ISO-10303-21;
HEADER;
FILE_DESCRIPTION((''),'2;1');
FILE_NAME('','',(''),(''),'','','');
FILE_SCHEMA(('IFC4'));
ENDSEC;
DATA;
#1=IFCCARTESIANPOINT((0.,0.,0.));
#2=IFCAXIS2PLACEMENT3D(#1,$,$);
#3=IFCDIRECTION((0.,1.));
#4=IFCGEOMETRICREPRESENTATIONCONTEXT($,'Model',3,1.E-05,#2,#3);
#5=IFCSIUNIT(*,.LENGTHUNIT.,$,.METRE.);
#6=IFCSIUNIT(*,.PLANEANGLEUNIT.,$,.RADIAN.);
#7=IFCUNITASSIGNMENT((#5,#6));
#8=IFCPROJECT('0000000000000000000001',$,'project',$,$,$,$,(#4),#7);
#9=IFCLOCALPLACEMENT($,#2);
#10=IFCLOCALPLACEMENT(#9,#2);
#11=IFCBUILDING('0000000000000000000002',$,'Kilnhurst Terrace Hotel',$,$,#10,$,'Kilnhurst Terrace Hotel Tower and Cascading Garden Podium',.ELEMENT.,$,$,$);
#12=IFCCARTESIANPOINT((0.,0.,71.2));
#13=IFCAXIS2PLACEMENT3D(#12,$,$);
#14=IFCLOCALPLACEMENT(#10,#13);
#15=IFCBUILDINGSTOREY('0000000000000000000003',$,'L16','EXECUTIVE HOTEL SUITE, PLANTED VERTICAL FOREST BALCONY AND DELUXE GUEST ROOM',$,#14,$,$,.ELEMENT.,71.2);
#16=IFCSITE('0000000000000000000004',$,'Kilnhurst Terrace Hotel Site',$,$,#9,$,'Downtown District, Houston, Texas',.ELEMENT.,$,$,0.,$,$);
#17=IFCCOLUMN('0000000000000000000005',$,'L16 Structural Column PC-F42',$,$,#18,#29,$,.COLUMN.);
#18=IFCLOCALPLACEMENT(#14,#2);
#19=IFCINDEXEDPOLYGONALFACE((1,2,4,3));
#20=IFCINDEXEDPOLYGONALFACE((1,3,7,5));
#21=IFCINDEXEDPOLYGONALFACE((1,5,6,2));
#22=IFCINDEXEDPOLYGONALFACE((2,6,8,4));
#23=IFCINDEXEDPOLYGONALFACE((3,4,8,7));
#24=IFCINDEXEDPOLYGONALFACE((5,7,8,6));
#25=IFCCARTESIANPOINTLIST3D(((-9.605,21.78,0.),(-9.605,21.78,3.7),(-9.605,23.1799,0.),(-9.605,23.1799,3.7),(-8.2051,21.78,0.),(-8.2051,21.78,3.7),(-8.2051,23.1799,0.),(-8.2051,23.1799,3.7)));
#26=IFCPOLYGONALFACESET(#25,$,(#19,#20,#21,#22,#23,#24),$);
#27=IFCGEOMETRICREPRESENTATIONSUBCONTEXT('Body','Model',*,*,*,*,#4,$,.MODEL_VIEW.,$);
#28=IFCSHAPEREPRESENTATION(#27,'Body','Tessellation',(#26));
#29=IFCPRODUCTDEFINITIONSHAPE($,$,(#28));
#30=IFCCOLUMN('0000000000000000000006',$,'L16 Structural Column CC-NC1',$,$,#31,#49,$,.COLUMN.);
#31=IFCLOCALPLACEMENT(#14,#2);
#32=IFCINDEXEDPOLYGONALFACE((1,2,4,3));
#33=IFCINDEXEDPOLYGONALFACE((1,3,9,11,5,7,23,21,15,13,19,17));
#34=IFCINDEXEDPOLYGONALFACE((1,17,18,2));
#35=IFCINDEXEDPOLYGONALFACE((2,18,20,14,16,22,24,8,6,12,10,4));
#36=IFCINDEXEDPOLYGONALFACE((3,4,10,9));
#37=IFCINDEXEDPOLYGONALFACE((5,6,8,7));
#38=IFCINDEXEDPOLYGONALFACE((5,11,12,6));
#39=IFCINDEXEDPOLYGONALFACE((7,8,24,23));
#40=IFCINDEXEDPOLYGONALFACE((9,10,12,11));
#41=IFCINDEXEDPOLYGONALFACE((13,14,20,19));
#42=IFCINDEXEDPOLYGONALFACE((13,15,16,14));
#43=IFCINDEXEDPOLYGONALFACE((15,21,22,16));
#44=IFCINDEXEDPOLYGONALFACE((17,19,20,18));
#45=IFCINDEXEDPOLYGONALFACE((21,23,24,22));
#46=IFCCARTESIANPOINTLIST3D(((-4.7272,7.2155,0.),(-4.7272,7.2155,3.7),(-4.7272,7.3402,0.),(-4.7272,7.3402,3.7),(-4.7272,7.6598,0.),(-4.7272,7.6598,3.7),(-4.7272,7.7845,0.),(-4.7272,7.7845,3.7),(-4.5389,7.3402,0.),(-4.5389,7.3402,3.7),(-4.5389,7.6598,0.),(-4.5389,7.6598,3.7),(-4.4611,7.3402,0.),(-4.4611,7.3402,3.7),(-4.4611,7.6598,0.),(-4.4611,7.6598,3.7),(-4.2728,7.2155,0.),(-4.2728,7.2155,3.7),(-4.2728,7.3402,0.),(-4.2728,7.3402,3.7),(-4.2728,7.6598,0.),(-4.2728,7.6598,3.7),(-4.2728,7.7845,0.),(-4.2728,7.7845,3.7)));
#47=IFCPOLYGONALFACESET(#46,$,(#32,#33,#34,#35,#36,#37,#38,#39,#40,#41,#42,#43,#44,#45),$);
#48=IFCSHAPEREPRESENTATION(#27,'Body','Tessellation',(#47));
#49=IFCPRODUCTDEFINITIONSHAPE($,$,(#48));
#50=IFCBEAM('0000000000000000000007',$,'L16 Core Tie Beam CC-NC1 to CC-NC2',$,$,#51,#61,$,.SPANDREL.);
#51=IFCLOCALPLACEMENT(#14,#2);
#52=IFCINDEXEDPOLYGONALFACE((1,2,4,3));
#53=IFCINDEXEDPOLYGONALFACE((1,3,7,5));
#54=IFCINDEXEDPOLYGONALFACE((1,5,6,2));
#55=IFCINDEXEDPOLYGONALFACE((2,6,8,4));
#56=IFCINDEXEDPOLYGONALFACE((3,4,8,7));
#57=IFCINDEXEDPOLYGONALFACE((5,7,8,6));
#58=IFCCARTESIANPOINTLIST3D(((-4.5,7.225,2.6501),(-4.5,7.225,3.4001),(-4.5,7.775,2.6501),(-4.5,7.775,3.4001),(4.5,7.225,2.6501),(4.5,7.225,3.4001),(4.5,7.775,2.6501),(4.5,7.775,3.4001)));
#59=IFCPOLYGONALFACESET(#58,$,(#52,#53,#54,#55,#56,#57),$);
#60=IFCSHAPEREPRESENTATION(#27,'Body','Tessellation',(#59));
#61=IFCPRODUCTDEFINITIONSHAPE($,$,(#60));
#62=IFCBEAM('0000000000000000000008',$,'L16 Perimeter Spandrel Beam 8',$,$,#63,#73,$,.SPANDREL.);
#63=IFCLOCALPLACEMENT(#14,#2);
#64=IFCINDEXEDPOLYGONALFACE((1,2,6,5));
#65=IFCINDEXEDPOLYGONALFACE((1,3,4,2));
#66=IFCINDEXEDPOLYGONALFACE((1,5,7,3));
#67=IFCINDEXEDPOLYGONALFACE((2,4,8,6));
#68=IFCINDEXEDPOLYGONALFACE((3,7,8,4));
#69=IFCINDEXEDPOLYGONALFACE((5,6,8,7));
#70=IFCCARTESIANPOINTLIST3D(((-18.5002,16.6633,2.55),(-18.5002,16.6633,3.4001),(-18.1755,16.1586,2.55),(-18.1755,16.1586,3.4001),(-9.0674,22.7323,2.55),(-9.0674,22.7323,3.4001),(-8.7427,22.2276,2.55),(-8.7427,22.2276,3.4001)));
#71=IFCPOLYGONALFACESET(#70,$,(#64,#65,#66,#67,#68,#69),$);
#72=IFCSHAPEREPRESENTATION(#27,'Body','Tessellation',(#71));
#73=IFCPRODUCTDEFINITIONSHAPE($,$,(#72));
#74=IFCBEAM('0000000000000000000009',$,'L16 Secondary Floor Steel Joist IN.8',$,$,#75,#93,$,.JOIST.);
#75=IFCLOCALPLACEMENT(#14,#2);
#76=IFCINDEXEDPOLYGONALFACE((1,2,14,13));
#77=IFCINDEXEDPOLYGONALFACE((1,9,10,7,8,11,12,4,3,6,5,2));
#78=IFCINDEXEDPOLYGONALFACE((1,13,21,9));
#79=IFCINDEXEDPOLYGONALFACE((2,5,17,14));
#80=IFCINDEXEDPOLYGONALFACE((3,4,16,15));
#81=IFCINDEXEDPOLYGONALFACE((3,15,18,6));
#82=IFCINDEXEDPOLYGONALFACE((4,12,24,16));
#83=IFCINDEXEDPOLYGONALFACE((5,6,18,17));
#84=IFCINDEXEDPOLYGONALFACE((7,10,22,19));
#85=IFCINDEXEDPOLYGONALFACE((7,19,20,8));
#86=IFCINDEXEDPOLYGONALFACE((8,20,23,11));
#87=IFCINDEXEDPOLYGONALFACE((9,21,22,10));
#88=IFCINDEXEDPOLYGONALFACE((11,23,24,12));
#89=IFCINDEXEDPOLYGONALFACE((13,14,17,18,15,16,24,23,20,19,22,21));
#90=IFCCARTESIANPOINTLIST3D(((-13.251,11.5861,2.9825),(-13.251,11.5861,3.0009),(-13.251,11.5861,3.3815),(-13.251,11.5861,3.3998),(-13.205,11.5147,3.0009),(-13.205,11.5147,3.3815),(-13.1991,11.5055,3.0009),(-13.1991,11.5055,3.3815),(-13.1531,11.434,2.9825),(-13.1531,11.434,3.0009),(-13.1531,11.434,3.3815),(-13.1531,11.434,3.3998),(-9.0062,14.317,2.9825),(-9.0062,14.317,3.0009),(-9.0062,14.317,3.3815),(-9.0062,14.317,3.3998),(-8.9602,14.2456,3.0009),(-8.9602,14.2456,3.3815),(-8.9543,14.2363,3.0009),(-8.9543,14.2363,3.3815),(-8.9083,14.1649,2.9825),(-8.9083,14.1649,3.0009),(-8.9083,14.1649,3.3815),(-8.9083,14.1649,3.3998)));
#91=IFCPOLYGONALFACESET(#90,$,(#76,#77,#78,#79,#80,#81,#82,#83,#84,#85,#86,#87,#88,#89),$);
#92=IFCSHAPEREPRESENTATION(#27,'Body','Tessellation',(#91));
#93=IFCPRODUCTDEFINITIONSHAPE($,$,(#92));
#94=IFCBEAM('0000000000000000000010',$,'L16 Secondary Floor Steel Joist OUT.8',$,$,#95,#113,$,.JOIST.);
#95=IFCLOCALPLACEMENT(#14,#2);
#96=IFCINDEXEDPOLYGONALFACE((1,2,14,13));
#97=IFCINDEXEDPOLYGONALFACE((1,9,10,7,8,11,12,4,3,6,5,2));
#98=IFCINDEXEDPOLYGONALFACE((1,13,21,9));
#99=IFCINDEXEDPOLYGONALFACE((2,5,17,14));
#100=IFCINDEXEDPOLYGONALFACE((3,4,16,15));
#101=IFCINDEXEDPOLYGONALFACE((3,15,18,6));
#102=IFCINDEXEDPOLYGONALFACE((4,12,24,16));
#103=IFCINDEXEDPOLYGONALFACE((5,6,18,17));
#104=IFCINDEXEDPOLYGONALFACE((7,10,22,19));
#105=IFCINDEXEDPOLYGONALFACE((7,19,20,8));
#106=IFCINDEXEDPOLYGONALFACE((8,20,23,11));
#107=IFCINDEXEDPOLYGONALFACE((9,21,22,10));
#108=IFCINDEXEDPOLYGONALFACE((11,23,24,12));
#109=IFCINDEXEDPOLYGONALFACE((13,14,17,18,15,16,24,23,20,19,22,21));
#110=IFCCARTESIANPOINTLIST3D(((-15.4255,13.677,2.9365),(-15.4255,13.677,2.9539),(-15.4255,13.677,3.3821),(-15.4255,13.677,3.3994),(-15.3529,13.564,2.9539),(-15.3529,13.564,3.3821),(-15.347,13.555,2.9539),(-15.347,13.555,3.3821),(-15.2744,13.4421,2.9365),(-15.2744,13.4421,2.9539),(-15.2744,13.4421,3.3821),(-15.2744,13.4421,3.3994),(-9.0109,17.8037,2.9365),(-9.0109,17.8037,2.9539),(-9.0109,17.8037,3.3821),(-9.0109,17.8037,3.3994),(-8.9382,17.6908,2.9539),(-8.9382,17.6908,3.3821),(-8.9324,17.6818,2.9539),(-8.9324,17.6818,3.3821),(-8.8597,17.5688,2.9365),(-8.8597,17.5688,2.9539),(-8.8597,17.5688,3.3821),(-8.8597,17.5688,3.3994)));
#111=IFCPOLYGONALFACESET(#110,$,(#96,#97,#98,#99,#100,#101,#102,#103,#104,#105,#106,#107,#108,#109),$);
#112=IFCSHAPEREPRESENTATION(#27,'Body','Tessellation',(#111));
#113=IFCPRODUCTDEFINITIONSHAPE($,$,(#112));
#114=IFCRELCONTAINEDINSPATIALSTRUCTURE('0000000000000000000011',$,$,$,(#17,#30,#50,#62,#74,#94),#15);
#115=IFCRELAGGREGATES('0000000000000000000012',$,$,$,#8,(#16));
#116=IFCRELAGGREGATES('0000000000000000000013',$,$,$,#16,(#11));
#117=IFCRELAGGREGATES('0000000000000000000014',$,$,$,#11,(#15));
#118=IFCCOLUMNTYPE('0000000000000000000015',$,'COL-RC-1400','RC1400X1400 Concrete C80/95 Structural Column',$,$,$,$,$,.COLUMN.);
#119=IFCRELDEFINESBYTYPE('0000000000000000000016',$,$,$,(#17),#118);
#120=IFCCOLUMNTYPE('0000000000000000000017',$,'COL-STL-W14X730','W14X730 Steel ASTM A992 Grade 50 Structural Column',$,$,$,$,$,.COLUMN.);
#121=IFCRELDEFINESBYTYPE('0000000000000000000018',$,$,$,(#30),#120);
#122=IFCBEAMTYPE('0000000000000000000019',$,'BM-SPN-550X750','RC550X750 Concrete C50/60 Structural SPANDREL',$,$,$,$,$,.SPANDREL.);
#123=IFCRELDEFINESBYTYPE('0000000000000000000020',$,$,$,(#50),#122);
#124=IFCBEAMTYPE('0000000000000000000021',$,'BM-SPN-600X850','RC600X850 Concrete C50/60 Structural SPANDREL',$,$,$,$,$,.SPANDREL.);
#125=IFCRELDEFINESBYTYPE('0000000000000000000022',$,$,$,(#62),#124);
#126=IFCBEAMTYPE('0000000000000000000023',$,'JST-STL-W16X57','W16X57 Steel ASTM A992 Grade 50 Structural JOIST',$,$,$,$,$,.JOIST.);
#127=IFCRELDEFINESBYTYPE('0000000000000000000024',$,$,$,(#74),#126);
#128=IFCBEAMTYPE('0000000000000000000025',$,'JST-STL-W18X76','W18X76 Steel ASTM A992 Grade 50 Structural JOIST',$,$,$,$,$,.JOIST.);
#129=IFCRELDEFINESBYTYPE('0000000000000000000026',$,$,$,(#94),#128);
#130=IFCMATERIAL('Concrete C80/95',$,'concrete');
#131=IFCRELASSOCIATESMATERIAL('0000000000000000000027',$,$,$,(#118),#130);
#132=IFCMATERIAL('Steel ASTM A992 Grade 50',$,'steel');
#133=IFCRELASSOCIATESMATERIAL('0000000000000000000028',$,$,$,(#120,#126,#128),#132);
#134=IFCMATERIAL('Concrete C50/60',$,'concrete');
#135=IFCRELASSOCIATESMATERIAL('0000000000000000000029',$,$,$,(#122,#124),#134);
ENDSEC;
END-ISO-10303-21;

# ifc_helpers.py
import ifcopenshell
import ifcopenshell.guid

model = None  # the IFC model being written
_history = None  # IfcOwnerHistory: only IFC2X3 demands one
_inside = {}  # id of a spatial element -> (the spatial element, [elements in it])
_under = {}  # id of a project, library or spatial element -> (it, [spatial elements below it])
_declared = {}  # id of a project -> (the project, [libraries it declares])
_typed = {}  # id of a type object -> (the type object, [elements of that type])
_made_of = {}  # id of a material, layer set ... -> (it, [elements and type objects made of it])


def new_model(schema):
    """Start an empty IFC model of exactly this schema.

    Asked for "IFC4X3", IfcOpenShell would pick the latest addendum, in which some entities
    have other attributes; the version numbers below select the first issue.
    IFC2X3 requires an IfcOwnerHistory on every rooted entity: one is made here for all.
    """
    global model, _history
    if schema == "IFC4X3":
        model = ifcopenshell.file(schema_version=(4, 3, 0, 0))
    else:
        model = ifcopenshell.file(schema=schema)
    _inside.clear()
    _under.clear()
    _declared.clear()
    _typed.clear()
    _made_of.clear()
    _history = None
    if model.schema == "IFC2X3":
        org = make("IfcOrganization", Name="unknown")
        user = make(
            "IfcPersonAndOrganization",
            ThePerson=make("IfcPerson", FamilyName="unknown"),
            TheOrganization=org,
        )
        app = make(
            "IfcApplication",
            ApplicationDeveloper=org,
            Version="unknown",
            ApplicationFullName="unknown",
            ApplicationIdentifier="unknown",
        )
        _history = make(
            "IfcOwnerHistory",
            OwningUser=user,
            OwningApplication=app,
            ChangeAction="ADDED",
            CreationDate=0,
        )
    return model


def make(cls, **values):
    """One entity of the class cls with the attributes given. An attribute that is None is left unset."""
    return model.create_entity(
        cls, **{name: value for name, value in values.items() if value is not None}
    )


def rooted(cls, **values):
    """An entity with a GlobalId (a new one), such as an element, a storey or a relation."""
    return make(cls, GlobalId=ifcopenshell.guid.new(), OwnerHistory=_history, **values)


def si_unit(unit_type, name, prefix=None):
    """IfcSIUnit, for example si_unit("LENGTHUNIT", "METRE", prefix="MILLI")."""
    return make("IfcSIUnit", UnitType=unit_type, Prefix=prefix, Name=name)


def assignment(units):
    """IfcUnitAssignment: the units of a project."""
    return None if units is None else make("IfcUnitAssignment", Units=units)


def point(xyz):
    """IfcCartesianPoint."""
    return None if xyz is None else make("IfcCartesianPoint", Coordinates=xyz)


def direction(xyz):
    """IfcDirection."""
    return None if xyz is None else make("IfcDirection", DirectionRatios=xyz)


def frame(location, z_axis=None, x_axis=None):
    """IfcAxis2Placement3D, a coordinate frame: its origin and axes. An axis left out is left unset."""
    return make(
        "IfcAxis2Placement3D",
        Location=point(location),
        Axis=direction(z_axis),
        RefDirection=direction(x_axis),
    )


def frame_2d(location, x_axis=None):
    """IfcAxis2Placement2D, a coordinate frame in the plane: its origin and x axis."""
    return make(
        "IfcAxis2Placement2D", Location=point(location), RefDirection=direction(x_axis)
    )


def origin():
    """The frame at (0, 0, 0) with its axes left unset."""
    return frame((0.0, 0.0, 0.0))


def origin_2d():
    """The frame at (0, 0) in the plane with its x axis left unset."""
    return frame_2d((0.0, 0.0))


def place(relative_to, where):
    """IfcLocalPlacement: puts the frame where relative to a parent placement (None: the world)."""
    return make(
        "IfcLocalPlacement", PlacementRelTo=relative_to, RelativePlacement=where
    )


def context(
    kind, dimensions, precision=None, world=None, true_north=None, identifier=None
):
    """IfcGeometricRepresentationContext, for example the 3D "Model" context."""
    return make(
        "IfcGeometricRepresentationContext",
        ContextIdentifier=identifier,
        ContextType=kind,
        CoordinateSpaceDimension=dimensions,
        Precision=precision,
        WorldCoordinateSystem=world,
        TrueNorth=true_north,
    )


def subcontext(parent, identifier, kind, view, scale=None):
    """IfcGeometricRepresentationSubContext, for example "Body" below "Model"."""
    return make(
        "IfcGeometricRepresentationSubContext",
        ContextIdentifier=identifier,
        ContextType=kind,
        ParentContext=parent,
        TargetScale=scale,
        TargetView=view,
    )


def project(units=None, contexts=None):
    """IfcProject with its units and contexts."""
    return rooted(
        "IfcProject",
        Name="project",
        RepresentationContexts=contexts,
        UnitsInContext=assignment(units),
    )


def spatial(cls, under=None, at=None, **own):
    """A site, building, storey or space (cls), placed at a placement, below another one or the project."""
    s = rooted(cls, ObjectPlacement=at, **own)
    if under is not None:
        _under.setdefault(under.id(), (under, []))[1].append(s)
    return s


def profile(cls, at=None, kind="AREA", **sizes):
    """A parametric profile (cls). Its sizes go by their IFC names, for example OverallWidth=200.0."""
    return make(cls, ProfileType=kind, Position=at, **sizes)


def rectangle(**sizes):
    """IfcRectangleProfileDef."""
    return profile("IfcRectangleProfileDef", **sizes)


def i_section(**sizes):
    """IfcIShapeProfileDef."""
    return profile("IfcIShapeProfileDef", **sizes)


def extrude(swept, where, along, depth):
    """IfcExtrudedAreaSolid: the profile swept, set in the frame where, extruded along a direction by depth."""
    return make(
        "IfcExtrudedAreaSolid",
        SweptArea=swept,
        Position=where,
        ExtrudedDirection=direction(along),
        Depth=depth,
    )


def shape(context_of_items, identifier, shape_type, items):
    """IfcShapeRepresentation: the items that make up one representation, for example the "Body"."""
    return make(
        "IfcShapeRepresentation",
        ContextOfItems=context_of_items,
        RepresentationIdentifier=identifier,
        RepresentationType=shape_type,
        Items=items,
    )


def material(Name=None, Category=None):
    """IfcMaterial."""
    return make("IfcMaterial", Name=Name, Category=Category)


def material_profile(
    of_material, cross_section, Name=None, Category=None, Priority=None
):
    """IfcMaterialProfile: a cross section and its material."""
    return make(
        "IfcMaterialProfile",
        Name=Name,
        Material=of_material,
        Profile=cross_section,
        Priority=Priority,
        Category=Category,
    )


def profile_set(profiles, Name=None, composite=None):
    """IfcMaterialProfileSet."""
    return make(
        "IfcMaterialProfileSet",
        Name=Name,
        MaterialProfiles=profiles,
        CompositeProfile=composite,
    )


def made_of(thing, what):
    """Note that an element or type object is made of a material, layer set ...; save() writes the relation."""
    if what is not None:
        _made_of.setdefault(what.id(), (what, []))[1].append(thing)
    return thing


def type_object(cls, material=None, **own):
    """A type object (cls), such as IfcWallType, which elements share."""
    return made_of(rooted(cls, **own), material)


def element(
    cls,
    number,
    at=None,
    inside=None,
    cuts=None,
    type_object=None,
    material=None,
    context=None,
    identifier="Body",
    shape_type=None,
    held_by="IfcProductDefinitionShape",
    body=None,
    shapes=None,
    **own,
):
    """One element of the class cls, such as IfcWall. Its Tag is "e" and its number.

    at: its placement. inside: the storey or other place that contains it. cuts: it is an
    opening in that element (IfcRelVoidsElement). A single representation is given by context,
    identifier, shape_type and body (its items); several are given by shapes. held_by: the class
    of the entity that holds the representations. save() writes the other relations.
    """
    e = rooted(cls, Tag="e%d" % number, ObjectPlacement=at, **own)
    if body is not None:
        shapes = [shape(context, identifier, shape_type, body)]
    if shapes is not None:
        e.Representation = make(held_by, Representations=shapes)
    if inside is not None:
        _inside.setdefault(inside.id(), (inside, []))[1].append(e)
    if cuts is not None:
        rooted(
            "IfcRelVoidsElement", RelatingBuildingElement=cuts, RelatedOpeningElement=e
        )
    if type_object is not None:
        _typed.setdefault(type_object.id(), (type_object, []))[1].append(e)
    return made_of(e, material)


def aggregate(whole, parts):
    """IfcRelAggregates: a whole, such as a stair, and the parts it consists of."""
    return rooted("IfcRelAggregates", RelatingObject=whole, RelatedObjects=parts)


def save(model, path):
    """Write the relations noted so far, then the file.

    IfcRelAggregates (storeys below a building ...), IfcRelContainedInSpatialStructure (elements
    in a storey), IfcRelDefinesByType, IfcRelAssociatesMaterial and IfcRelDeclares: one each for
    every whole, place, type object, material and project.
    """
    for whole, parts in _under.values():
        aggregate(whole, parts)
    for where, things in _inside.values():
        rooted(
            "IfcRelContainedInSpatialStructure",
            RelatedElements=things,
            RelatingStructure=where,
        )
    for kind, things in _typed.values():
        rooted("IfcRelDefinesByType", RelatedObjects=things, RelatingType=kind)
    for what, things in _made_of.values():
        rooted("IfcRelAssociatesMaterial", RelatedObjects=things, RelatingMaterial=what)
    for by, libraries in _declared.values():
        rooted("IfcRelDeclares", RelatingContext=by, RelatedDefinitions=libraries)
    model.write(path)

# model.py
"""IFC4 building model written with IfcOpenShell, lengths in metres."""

from ifc_helpers import new_model, si_unit, direction, frame, origin, origin_2d, place, context, subcontext, project, spatial, rectangle, i_section, extrude, material, material_profile, profile_set, type_object, element, save


model = new_model("IFC4")

# Units and contexts
model_context = context("Model", 3, precision=1e-05, world=origin(), true_north=direction((0.0, 1.0)))
body_context = subcontext(model_context, "Body", "Model", "MODEL_VIEW")
ifc_project = project(units=[si_unit("LENGTHUNIT", "METRE"), si_unit("PLANEANGLEUNIT", "RADIAN")], contexts=[model_context])

# Site, building, storey
site_placement = place(None, origin())
site = spatial("IfcSite", under=ifc_project, at=site_placement, Name="Kilnhurst Terrace Hotel Site", LongName="Downtown District, Houston, Texas", CompositionType="ELEMENT", RefElevation=0.0)
building_placement = place(site_placement, origin())
building = spatial("IfcBuilding", under=site, at=building_placement, Name="Kilnhurst Terrace Hotel", LongName="Kilnhurst Terrace Hotel Tower and Cascading Garden Podium", CompositionType="ELEMENT")
storey_placement = place(building_placement, frame((0.0, 0.0, 71.2)))
storey = spatial("IfcBuildingStorey", under=building, at=storey_placement, Name="L16", Description="EXECUTIVE HOTEL SUITE, PLANTED VERTICAL FOREST BALCONY AND DELUXE GUEST ROOM", CompositionType="ELEMENT", Elevation=71.2)

# Columns
ifc_material_1 = material(Name="Concrete C80/95", Category="concrete")
ifc_material_profile_1 = material_profile(ifc_material_1, rectangle(XDim=1.3999, YDim=1.3999, at=origin_2d()), Name="RC1400X1400")
ifc_profile_set_1 = profile_set([ifc_material_profile_1], Name="Concrete C80/95")
column_type_1 = type_object("IfcColumnType", Name="COL-RC-1400", Description="RC1400X1400 Concrete C80/95 Structural Column", PredefinedType="COLUMN", material=ifc_profile_set_1)
column_1_placement = place(storey_placement, frame((-8.905, 22.48, 0.0), z_axis=(0.0, 0.0, 1.0), x_axis=(1.0, 0.0, 0.0)))
element("IfcColumn", 1, at=column_1_placement, inside=storey, type_object=column_type_1, Name="L16 Structural Column PC-F42", PredefinedType="COLUMN", context=body_context, shape_type="SweptSolid", body=[
    extrude(rectangle(XDim=1.3999, YDim=1.3999, at=origin_2d()), origin(), (0.0, 0.0, 1.0), 3.7),
])
ifc_material_2 = material(Name="Steel ASTM A992 Grade 50", Category="steel")
ifc_material_profile_2 = material_profile(ifc_material_2, i_section(OverallWidth=0.4543, OverallDepth=0.5691, WebThickness=0.0779, FlangeThickness=0.1248, at=origin_2d()), Name="W14X730")
ifc_profile_set_2 = profile_set([ifc_material_profile_2], Name="Steel ASTM A992 Grade 50")
column_type_2 = type_object("IfcColumnType", Name="COL-STL-W14X730", Description="W14X730 Steel ASTM A992 Grade 50 Structural Column", PredefinedType="COLUMN", material=ifc_profile_set_2)
column_2_placement = place(storey_placement, frame((-4.5, 7.5, 0.0), z_axis=(0.0, 0.0, 1.0), x_axis=(1.0, 0.0, 0.0)))
element("IfcColumn", 2, at=column_2_placement, inside=storey, type_object=column_type_2, Name="L16 Structural Column CC-NC1", PredefinedType="COLUMN", context=body_context, shape_type="SweptSolid", body=[
    extrude(i_section(OverallWidth=0.4543, OverallDepth=0.5691, WebThickness=0.0779, FlangeThickness=0.1248, at=origin_2d()), origin(), (0.0, 0.0, 1.0), 3.7),
])

# Beams
ifc_material_3 = material(Name="Concrete C50/60", Category="concrete")
ifc_material_profile_3 = material_profile(ifc_material_3, rectangle(XDim=0.55, YDim=0.75, at=origin_2d()), Name="RC550X750")
ifc_profile_set_3 = profile_set([ifc_material_profile_3], Name="Concrete C50/60")
beam_type_1 = type_object("IfcBeamType", Name="BM-SPN-550X750", Description="RC550X750 Concrete C50/60 Structural SPANDREL", PredefinedType="SPANDREL", material=ifc_profile_set_3)
beam_1_placement = place(storey_placement, frame((-4.5, 7.5, 3.0251), z_axis=(1.0, 0.0, 0.0), x_axis=(0.0, 1.0, 0.0)))
element("IfcBeam", 3, at=beam_1_placement, inside=storey, type_object=beam_type_1, Name="L16 Core Tie Beam CC-NC1 to CC-NC2", PredefinedType="SPANDREL", context=body_context, shape_type="SweptSolid", body=[
    extrude(rectangle(XDim=0.55, YDim=0.75, at=origin_2d()), origin(), (0.0, 0.0, 1.0), 9.0),
])
ifc_material_profile_4 = material_profile(ifc_material_3, rectangle(XDim=0.6001, YDim=0.8501, at=origin_2d()), Name="RC600X850")
ifc_profile_set_4 = profile_set([ifc_material_profile_4], Name="Concrete C50/60")
beam_type_2 = type_object("IfcBeamType", Name="BM-SPN-600X850", Description="RC600X850 Concrete C50/60 Structural SPANDREL", PredefinedType="SPANDREL", material=ifc_profile_set_4)
beam_2_placement = place(storey_placement, frame((-8.905, 22.48, 2.9751), z_axis=(-0.840971, -0.54108, 0.0), x_axis=(0.54108, -0.840971, 0.0)))
element("IfcBeam", 4, at=beam_2_placement, inside=storey, type_object=beam_type_2, Name="L16 Perimeter Spandrel Beam 8", PredefinedType="SPANDREL", context=body_context, shape_type="SweptSolid", body=[
    extrude(rectangle(XDim=0.6001, YDim=0.8501, at=origin_2d()), origin(), (0.0, 0.0, 1.0), 11.2166),
])
ifc_material_profile_5 = material_profile(ifc_material_2, i_section(OverallWidth=0.1809, OverallDepth=0.4172, WebThickness=0.011, FlangeThickness=0.0183, at=origin_2d()), Name="W16X57")
ifc_profile_set_5 = profile_set([ifc_material_profile_5], Name="Steel ASTM A992 Grade 50")
beam_type_3 = type_object("IfcBeamType", Name="JST-STL-W16X57", Description="W16X57 Steel ASTM A992 Grade 50 Structural JOIST", PredefinedType="JOIST", material=ifc_profile_set_5)
beam_3_placement = place(storey_placement, frame((-8.9573, 14.241, 3.1912), z_axis=(-0.840988, -0.541053, 0.0), x_axis=(0.541053, -0.840988, 0.0)))
element("IfcBeam", 5, at=beam_3_placement, inside=storey, type_object=beam_type_3, Name="L16 Secondary Floor Steel Joist IN.8", PredefinedType="JOIST", context=body_context, shape_type="SweptSolid", body=[
    extrude(i_section(OverallWidth=0.1809, OverallDepth=0.4172, WebThickness=0.011, FlangeThickness=0.0183, at=origin_2d()), origin(), (0.0, 0.0, 1.0), 5.0474),
])
ifc_material_profile_6 = material_profile(ifc_material_2, i_section(OverallWidth=0.2793, OverallDepth=0.4629, WebThickness=0.0107, FlangeThickness=0.0173, at=origin_2d()), Name="W18X76")
ifc_profile_set_6 = profile_set([ifc_material_profile_6], Name="Steel ASTM A992 Grade 50")
beam_type_4 = type_object("IfcBeamType", Name="JST-STL-W18X76", Description="W18X76 Steel ASTM A992 Grade 50 Structural JOIST", PredefinedType="JOIST", material=ifc_profile_set_6)
beam_4_placement = place(storey_placement, frame((-8.9353, 17.6863, 3.168), z_axis=(-0.840995, -0.541042, 0.0), x_axis=(0.541042, -0.840995, 0.0)))
element("IfcBeam", 6, at=beam_4_placement, inside=storey, type_object=beam_type_4, Name="L16 Secondary Floor Steel Joist OUT.8", PredefinedType="JOIST", context=body_context, shape_type="SweptSolid", body=[
    extrude(i_section(OverallWidth=0.2793, OverallDepth=0.4629, WebThickness=0.0107, FlangeThickness=0.0173, at=origin_2d()), origin(), (0.0, 0.0, 1.0), 7.6274),
])

save(model, "model.ifc")
